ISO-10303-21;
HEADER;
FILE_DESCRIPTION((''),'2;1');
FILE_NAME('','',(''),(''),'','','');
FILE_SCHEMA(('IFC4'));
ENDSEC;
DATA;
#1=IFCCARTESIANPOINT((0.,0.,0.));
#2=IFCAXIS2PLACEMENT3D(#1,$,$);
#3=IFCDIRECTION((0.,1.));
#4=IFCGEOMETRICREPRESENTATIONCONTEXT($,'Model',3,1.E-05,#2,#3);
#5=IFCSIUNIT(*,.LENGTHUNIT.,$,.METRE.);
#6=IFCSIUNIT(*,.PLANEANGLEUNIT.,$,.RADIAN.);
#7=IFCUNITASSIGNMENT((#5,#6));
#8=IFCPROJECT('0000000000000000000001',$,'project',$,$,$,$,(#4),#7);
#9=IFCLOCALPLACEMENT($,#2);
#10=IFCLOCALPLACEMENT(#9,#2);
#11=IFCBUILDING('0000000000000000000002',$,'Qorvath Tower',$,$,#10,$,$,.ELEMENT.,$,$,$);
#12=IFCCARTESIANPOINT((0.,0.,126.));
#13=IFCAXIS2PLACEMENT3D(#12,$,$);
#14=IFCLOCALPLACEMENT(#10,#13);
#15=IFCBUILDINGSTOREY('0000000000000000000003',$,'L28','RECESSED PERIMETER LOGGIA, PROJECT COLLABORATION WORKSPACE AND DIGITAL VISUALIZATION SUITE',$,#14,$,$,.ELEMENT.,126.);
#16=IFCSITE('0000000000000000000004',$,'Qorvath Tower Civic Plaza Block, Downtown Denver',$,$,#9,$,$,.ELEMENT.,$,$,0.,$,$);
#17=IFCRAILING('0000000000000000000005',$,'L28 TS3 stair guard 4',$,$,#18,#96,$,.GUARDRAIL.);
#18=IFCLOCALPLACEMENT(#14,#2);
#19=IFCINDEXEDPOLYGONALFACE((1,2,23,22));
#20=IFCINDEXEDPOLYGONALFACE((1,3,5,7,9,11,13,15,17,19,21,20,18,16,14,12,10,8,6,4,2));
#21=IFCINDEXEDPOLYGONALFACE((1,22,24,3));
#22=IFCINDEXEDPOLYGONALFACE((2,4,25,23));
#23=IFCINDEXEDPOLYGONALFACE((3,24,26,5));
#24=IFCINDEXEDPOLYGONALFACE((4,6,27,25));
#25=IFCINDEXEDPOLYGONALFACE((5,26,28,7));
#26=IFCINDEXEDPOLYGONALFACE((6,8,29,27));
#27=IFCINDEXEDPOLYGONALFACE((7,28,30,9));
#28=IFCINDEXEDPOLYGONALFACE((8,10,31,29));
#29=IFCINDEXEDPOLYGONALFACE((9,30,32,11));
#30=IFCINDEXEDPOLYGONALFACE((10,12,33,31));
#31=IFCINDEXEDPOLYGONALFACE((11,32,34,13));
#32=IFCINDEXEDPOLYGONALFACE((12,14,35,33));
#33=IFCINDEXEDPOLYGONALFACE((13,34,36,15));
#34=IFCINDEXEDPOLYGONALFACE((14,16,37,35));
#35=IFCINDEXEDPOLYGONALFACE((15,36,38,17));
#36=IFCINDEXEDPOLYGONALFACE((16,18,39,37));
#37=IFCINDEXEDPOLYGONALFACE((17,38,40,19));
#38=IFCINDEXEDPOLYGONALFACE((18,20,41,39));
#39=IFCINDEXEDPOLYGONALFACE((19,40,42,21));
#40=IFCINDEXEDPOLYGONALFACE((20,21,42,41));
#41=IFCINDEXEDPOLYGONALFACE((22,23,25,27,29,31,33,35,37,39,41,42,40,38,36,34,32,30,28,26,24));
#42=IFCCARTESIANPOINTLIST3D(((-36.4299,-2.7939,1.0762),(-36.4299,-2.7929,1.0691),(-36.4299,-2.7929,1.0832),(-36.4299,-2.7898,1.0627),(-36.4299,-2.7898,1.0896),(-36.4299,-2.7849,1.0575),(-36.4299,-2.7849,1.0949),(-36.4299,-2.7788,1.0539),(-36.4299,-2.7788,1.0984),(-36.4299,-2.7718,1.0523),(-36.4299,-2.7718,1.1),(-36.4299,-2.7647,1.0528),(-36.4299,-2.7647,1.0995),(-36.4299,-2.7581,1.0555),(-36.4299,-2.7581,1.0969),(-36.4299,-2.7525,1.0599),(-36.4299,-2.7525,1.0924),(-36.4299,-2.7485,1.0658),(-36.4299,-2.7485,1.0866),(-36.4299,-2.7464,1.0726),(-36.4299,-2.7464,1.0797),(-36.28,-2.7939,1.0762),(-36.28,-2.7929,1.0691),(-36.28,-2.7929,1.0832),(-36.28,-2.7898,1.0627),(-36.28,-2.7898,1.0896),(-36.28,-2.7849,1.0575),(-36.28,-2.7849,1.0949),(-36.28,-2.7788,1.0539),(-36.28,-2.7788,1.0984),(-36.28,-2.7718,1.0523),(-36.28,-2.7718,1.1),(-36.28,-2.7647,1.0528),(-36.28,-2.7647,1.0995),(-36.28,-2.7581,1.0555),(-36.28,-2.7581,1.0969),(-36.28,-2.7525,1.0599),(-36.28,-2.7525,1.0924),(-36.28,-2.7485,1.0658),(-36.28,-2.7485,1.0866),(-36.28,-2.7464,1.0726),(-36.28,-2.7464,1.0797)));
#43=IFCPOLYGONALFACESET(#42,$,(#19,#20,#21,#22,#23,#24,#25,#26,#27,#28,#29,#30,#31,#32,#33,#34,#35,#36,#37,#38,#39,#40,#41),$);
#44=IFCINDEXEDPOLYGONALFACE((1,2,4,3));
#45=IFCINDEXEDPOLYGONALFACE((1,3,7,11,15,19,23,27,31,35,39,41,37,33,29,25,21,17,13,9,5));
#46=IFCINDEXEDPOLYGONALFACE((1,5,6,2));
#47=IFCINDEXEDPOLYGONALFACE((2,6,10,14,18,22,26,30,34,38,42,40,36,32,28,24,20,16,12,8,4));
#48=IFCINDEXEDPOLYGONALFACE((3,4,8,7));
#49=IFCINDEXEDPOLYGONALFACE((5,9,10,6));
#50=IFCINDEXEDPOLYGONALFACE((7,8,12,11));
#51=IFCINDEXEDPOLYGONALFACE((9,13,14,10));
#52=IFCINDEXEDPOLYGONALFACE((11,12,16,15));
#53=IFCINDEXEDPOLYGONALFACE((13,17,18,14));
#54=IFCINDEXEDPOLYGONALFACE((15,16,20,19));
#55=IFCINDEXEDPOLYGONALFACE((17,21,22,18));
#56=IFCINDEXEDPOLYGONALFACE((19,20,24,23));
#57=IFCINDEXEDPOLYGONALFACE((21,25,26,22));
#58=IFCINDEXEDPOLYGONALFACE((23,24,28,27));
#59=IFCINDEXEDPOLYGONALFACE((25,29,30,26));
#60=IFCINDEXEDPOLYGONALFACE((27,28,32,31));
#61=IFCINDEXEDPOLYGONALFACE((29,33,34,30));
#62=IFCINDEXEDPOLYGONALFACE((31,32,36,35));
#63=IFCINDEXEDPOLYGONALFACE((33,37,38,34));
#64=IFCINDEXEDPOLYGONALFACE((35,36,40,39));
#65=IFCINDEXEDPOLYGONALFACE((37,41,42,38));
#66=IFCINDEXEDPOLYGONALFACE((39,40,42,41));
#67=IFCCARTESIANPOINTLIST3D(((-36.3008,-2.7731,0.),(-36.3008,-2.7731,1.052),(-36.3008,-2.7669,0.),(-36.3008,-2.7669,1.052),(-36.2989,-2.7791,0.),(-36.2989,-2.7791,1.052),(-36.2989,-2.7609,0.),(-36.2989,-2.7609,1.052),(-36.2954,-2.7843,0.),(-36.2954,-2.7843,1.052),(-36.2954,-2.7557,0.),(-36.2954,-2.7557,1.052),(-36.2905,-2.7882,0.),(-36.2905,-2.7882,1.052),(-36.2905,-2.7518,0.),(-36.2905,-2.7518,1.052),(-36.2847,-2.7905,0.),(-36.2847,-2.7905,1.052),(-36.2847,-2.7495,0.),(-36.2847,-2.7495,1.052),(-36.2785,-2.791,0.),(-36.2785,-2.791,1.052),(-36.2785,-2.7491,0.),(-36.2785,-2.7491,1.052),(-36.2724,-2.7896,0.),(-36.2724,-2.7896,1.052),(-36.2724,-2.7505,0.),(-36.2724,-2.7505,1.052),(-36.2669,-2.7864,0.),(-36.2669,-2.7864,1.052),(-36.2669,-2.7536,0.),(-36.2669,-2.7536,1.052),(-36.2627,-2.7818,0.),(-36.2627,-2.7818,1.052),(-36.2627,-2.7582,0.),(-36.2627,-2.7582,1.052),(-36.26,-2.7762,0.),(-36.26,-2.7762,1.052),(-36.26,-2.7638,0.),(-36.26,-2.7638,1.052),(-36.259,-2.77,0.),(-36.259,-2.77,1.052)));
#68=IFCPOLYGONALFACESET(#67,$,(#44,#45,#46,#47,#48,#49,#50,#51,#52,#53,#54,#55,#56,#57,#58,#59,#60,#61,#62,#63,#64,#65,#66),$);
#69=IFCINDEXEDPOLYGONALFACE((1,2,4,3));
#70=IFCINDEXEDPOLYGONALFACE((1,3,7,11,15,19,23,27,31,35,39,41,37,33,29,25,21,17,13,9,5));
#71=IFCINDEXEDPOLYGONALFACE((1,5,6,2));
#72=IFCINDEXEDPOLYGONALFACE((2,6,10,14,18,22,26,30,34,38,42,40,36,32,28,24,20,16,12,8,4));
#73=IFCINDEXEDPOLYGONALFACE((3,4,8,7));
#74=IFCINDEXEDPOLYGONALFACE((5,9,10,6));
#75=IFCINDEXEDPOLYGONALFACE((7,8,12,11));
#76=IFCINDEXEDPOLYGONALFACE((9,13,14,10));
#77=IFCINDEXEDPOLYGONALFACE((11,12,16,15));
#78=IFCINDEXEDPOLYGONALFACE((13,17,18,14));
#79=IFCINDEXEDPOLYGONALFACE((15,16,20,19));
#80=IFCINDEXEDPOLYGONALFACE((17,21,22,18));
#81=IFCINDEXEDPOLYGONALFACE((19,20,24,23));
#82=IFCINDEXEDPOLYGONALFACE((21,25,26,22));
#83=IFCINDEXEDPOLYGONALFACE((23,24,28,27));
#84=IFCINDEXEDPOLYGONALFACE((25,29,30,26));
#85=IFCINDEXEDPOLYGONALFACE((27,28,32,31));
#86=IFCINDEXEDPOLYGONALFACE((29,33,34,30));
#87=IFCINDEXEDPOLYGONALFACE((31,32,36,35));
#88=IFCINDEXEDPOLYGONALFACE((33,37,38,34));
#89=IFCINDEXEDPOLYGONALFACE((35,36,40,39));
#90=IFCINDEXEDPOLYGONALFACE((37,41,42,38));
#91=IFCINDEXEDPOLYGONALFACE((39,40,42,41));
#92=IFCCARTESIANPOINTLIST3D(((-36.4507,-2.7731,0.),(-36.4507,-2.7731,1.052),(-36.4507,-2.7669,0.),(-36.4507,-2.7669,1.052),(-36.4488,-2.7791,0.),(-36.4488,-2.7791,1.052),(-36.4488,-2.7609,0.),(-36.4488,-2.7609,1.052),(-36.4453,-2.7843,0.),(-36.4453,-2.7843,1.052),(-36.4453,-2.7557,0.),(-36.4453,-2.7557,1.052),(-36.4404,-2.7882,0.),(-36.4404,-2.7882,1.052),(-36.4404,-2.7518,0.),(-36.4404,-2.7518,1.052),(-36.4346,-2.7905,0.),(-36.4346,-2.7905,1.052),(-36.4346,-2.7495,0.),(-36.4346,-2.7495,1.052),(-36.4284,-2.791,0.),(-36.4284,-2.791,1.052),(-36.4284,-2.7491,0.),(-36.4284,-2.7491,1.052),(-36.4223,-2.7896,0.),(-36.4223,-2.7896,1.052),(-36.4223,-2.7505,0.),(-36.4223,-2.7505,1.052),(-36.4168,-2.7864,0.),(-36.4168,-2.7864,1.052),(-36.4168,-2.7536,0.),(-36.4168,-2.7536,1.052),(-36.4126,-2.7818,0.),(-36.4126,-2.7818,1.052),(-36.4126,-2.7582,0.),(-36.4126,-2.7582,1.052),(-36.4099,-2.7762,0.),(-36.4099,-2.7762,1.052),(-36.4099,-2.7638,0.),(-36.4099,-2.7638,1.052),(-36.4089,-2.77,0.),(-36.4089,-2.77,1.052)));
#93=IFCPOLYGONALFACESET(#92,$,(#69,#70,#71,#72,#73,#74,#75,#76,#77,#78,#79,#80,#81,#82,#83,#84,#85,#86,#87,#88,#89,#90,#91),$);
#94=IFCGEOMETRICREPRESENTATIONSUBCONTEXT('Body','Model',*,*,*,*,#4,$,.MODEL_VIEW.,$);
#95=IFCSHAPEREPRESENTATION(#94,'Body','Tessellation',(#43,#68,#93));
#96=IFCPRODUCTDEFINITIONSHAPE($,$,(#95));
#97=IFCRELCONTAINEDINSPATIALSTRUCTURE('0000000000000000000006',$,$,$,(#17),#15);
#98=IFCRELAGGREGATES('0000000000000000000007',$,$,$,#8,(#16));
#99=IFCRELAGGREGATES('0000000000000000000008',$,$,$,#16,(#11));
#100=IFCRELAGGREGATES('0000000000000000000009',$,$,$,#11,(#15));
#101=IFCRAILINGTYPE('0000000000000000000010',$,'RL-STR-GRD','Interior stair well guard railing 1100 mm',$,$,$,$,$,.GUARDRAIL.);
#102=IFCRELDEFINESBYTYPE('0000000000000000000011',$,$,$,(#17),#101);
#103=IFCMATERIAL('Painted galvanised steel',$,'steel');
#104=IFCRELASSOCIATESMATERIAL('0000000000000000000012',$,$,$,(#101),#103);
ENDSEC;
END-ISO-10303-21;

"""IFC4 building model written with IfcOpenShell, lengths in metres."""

from ifc_helpers import new_model, si_unit, direction, frame, origin, origin_2d, place, context, subcontext, project, spatial, circle, extrude, material, type_object, element, save


model = new_model("IFC4")

# Units and contexts
model_context = context("Model", 3, precision=1e-05, world=origin(), true_north=direction((0.0, 1.0)))
body_context = subcontext(model_context, "Body", "Model", "MODEL_VIEW")
ifc_project = project(units=[si_unit("LENGTHUNIT", "METRE"), si_unit("PLANEANGLEUNIT", "RADIAN")], contexts=[model_context])

# Site, building, storey
site_placement = place(None, origin())
site = spatial("IfcSite", under=ifc_project, at=site_placement, Name="Qorvath Tower Civic Plaza Block, Downtown Denver", CompositionType="ELEMENT", RefElevation=0.0)
building_placement = place(site_placement, origin())
building = spatial("IfcBuilding", under=site, at=building_placement, Name="Qorvath Tower", CompositionType="ELEMENT")
storey_placement = place(building_placement, frame((0.0, 0.0, 126.0)))
storey = spatial("IfcBuildingStorey", under=building, at=storey_placement, Name="L28", Description="RECESSED PERIMETER LOGGIA, PROJECT COLLABORATION WORKSPACE AND DIGITAL VISUALIZATION SUITE", CompositionType="ELEMENT", Elevation=126.0)

# Railing
ifc_material_1 = material(Name="Painted galvanised steel", Category="steel")
railing_type_1 = type_object("IfcRailingType", Name="RL-STR-GRD", Description="Interior stair well guard railing 1100 mm", PredefinedType="GUARDRAIL", material=ifc_material_1)
railing_1_placement = place(storey_placement, frame((-36.28, -2.77, 0.0)))
element("IfcRailing", 1, at=railing_1_placement, inside=storey, type_object=railing_type_1, Name="L28 TS3 stair guard 4", PredefinedType="GUARDRAIL", context=body_context, shape_type="SweptSolid", body=[
    extrude(circle(Radius=0.0239, at=origin_2d()), frame((0.0, 0.0, 1.0762), z_axis=(-1.0, 0.0, 0.0), x_axis=(0.0, -1.0, 0.0)), (0.0, 0.0, 1.0), 0.1499),
    extrude(circle(Radius=0.021, at=origin_2d()), origin(), (0.0, 0.0, 1.0), 1.052),
    extrude(circle(Radius=0.021, at=origin_2d()), frame((-0.1499, 0.0, 0.0)), (0.0, 0.0, 1.0), 1.052),
])

save(model, "model.ifc")
